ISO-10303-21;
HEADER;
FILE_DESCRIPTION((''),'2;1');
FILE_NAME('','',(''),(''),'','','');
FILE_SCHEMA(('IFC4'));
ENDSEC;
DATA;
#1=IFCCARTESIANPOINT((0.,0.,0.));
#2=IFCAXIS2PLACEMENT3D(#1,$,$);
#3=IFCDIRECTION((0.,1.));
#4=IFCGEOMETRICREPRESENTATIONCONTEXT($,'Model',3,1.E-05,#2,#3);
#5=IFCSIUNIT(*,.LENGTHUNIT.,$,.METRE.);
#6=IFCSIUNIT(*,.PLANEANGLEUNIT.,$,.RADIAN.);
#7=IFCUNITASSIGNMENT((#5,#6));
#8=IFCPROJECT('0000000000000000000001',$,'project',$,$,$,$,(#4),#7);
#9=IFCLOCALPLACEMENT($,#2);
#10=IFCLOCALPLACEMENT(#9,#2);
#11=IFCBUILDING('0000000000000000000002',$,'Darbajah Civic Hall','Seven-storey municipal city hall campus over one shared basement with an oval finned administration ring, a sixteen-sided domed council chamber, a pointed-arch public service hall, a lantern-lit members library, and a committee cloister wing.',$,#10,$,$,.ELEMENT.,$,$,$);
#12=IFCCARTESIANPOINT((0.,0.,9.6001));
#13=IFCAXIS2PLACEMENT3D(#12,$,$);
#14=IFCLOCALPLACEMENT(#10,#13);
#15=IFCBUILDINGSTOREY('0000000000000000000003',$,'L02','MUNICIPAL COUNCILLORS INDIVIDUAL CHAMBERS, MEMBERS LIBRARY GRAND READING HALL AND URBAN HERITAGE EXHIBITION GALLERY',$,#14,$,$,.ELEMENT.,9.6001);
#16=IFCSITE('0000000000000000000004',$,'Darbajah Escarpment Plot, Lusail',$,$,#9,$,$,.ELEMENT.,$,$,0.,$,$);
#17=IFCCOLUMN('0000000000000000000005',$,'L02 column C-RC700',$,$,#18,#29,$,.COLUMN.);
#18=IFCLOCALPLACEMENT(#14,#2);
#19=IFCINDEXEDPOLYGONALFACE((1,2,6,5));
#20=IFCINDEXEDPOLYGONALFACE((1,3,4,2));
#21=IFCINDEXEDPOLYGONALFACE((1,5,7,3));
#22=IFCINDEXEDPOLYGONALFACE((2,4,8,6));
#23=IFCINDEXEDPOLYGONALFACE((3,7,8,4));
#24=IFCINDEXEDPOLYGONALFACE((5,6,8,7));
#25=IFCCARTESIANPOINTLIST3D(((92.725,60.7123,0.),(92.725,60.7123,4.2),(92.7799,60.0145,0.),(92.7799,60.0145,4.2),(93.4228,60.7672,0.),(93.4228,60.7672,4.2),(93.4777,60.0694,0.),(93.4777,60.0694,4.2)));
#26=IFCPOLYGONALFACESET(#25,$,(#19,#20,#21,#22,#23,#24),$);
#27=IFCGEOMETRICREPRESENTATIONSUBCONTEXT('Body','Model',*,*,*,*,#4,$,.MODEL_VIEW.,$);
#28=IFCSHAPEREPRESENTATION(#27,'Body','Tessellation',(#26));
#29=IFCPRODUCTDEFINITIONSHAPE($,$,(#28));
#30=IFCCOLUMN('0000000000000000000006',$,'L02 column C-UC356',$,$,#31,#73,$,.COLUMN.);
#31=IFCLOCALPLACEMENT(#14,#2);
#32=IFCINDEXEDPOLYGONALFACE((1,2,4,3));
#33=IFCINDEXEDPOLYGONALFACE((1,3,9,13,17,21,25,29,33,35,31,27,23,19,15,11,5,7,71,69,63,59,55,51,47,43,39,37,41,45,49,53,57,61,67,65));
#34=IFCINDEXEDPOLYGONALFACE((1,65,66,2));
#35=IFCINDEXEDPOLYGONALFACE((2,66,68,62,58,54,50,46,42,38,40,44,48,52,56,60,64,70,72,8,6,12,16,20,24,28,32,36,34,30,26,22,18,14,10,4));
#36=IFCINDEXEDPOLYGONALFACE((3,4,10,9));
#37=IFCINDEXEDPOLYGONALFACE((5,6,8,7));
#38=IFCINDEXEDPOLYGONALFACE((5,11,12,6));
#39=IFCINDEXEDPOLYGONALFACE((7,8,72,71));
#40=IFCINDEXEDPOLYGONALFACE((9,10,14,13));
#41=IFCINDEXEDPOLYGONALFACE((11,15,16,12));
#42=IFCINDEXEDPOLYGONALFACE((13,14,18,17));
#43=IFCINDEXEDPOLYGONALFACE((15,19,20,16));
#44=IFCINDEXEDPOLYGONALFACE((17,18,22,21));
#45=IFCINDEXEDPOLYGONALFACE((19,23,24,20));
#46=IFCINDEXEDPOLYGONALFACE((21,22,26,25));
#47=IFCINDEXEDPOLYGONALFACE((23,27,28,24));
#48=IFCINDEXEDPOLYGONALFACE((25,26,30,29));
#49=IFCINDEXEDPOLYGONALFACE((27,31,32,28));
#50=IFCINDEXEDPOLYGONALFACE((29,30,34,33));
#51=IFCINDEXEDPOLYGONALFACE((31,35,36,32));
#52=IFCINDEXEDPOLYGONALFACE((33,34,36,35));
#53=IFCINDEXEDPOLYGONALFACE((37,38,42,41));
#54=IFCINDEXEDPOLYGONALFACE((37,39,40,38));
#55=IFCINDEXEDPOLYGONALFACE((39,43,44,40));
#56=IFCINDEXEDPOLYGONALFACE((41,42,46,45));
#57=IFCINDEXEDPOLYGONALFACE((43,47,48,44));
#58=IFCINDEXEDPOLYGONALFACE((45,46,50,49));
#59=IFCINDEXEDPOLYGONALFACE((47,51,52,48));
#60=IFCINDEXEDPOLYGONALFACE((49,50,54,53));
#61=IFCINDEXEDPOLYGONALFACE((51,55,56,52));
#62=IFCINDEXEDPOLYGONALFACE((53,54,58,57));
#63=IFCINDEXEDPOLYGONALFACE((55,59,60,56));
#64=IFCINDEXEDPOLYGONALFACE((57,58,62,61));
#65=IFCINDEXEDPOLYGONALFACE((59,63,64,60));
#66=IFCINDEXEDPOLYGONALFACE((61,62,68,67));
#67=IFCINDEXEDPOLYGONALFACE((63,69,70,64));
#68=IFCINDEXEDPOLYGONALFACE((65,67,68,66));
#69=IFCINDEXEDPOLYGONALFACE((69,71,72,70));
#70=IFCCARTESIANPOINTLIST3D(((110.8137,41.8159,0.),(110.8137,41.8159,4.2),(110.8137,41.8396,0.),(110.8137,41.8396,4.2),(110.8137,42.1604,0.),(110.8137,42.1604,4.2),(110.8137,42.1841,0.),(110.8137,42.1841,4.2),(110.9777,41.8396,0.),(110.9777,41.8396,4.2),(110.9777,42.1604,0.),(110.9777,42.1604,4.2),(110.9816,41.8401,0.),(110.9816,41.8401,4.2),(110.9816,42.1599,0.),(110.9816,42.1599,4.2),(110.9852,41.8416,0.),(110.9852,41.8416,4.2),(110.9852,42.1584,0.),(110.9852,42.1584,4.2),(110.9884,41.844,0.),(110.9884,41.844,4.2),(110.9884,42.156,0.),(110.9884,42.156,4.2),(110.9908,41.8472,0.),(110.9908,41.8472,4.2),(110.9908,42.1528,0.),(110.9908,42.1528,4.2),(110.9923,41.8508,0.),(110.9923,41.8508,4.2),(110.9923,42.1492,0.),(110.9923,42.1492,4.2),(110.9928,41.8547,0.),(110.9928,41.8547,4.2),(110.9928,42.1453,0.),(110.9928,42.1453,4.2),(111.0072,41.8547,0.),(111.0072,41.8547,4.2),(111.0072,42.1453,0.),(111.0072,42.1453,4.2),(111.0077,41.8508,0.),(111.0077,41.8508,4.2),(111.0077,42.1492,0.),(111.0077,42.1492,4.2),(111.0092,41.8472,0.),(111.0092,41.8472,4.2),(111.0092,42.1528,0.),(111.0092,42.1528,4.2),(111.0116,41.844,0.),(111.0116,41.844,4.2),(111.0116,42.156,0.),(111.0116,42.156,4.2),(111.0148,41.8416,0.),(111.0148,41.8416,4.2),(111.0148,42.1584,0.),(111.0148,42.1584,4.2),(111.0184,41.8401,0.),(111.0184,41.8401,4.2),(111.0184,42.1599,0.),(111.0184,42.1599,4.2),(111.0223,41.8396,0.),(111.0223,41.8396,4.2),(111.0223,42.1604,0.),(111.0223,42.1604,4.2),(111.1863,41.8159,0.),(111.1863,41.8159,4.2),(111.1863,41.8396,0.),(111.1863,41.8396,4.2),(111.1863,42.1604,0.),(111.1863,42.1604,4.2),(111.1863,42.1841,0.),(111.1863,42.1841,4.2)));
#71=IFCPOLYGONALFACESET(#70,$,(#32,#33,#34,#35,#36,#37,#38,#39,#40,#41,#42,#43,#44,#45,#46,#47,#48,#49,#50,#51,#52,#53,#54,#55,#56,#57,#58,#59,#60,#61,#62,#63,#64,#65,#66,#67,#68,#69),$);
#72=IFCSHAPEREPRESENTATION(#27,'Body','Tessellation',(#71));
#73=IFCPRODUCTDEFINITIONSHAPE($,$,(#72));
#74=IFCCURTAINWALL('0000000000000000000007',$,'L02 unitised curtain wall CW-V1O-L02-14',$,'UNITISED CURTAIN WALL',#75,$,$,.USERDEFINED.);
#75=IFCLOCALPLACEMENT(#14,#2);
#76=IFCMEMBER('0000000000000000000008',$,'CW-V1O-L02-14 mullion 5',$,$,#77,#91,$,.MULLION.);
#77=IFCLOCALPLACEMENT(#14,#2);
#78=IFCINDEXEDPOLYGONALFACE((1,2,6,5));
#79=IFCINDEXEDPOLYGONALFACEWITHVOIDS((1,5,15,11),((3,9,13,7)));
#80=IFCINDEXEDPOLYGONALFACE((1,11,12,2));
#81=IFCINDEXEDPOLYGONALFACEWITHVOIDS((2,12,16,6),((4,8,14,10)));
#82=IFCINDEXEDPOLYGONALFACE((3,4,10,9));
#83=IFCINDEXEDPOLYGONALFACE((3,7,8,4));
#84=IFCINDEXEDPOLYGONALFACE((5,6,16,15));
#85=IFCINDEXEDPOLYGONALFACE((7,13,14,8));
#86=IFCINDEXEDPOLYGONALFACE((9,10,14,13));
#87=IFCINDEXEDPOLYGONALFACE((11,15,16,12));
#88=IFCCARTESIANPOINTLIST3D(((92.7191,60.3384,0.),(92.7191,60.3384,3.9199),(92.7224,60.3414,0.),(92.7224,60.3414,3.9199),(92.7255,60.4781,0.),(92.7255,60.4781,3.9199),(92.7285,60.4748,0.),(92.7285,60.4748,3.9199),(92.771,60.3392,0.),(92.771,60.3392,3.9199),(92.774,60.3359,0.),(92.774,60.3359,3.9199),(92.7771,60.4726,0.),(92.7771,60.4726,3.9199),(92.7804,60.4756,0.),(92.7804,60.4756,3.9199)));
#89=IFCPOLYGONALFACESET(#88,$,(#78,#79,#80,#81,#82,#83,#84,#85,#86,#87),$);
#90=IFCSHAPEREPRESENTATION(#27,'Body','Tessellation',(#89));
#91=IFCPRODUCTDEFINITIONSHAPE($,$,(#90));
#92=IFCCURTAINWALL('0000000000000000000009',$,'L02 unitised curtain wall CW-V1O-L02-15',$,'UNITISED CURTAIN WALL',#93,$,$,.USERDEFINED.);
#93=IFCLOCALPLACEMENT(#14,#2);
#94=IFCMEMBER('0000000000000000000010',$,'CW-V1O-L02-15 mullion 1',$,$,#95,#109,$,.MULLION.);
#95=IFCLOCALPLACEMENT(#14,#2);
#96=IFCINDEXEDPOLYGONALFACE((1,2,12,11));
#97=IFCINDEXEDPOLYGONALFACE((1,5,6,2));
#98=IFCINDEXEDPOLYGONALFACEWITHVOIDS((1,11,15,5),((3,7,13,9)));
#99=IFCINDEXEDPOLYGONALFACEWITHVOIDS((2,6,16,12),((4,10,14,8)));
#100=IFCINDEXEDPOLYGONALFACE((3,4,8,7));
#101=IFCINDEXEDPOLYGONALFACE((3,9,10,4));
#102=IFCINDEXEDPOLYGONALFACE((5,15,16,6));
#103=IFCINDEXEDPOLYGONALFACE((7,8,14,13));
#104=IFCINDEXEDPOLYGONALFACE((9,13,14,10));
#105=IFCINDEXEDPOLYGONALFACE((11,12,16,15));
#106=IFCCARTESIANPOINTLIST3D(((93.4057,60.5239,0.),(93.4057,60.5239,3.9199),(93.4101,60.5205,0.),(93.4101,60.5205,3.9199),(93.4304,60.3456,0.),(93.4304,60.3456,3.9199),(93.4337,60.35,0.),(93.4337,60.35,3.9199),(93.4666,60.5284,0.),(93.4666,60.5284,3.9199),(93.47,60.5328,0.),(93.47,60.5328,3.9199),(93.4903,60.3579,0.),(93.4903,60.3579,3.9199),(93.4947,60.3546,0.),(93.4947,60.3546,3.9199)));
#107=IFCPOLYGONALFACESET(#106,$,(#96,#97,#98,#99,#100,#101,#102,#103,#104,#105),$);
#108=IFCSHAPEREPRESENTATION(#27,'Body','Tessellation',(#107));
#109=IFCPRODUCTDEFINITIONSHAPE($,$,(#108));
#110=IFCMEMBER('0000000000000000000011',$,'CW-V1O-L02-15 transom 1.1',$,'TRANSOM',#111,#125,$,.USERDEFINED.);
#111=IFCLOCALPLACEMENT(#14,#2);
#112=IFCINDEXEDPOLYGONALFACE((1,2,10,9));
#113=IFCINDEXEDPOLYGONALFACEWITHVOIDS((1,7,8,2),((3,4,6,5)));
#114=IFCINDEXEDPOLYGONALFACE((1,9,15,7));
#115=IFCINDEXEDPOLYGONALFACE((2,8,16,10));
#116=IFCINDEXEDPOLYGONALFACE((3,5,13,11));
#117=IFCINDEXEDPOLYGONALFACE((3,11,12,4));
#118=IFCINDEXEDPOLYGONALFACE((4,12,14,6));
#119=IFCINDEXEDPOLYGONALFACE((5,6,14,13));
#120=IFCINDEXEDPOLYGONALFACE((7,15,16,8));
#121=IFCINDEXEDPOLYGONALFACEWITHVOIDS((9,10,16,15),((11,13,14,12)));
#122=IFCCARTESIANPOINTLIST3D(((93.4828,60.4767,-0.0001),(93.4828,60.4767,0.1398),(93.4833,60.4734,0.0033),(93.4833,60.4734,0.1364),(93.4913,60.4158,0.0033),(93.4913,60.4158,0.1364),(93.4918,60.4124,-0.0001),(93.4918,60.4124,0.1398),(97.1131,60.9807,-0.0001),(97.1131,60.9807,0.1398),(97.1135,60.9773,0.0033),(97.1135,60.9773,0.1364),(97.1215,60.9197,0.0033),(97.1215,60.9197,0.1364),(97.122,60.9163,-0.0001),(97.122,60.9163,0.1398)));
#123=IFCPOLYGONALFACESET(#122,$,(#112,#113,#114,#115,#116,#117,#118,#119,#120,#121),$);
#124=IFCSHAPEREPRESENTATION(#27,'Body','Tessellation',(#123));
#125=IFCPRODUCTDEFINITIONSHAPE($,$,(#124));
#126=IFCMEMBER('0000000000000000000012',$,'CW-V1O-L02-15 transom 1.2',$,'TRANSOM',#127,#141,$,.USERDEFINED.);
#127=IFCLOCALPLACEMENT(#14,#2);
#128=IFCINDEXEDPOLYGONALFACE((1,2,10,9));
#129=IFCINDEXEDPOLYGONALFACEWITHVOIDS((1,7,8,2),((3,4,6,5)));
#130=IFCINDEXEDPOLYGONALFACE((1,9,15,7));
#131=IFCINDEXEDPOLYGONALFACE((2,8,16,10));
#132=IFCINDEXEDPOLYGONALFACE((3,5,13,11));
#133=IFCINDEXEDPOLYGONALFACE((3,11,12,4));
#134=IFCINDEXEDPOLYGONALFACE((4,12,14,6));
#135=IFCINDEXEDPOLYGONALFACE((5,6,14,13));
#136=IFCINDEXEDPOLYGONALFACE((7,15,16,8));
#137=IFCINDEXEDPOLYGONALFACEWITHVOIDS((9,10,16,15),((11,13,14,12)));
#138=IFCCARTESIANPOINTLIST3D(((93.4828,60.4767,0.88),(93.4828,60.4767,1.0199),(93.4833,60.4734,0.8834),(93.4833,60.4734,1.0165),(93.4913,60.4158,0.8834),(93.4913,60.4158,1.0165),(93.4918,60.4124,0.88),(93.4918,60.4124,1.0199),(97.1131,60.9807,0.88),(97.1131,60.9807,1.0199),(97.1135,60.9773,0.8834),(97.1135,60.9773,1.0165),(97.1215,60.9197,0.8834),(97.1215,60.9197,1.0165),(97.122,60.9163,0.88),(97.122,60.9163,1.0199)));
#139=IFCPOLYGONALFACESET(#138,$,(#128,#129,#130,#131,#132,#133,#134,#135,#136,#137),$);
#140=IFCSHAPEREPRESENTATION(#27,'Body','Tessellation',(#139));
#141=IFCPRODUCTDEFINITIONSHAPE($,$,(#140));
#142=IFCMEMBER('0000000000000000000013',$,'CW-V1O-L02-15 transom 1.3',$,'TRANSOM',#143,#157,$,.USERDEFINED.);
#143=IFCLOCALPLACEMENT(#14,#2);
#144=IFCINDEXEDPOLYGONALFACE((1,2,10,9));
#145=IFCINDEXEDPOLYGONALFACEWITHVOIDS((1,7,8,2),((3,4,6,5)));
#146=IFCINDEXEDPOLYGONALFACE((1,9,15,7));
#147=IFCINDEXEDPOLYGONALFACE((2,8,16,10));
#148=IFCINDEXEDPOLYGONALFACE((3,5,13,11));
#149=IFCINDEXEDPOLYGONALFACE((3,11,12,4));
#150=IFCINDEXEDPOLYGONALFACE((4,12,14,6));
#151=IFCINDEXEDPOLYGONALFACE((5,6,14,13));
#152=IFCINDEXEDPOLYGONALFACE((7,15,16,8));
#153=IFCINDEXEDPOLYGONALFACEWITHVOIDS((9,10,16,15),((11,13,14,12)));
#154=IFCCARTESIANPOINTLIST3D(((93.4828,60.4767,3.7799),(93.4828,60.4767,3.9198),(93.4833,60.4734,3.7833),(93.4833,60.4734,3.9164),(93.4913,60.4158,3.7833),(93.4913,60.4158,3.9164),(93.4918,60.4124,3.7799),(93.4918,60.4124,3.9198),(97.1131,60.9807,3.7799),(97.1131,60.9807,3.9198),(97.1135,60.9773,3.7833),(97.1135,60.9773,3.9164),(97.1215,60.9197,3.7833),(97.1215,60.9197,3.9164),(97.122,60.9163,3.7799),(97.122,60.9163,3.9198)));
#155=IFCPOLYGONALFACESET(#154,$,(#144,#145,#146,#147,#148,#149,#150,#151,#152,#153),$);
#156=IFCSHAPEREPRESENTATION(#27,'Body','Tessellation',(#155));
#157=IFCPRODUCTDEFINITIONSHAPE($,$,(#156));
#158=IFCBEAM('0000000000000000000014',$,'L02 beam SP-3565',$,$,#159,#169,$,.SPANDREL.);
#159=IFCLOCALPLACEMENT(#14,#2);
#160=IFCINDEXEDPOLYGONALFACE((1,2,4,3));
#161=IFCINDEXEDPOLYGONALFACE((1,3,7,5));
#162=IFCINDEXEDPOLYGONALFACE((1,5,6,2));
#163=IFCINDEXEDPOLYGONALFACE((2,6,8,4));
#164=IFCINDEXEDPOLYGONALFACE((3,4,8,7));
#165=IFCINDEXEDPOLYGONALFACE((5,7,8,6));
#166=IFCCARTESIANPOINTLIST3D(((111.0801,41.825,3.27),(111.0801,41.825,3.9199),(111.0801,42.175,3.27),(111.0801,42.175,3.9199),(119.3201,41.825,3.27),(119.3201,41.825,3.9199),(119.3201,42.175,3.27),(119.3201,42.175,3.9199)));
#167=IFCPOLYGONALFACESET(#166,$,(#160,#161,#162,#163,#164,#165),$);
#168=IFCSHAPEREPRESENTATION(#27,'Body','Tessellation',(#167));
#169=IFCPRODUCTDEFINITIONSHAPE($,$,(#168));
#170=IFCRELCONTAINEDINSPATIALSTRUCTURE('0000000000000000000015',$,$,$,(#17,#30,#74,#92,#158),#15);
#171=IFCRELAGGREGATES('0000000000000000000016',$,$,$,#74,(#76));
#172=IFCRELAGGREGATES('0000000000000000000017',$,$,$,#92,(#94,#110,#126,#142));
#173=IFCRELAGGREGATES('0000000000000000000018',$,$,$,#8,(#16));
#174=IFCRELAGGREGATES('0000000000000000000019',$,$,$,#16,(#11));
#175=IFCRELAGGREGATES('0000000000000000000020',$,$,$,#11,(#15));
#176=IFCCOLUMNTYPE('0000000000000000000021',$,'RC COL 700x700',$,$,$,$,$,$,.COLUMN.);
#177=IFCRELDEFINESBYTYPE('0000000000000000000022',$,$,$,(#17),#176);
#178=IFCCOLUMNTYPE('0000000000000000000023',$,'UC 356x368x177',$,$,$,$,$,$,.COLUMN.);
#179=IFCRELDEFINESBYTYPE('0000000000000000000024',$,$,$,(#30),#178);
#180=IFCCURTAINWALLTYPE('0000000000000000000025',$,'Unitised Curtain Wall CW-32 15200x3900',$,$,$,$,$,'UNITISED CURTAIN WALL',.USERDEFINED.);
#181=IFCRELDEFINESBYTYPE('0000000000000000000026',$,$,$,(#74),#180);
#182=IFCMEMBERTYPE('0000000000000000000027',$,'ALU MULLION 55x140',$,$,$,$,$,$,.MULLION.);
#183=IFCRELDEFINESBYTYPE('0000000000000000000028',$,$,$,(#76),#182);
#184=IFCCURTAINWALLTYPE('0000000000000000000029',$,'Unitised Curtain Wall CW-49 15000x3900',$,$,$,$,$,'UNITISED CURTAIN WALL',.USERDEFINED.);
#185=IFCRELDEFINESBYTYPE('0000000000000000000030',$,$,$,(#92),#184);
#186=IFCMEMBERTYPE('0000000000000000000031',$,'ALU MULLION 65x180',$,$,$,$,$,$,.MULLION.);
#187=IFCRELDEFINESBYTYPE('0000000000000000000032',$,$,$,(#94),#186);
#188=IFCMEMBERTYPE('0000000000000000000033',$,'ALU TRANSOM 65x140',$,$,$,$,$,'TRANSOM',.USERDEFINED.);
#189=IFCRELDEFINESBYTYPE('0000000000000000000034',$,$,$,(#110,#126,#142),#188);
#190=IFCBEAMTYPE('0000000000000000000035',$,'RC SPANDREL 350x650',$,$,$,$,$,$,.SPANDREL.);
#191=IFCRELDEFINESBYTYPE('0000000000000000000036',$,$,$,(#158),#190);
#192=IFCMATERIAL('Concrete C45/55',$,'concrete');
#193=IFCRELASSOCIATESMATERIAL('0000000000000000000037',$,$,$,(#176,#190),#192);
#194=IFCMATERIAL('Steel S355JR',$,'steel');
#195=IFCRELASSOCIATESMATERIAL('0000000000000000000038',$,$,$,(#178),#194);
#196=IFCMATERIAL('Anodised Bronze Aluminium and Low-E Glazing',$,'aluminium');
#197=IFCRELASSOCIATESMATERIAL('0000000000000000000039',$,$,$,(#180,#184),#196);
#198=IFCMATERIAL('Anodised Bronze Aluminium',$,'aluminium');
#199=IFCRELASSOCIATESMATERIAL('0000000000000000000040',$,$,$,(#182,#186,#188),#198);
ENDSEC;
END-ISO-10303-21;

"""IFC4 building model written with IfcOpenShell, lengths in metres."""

from ifc_helpers import new_model, si_unit, direction, frame, origin, origin_2d, place, context, subcontext, project, spatial, rectangle, hollow_rectangle, i_section, extrude, material, material_profile, profile_set, type_object, element, aggregate, save


model = new_model("IFC4")

# Units and contexts
model_context = context("Model", 3, precision=1e-05, world=origin(), true_north=direction((0.0, 1.0)))
body_context = subcontext(model_context, "Body", "Model", "MODEL_VIEW")
ifc_project = project(units=[si_unit("LENGTHUNIT", "METRE"), si_unit("PLANEANGLEUNIT", "RADIAN")], contexts=[model_context])

# Site, building, storey
site_placement = place(None, origin())
site = spatial("IfcSite", under=ifc_project, at=site_placement, Name="Darbajah Escarpment Plot, Lusail", CompositionType="ELEMENT", RefElevation=0.0)
building_placement = place(site_placement, origin())
building = spatial("IfcBuilding", under=site, at=building_placement, Name="Darbajah Civic Hall", Description="Seven-storey municipal city hall campus over one shared basement with an oval finned administration ring, a sixteen-sided domed council chamber, a pointed-arch public service hall, a lantern-lit members library, and a committee cloister wing.", CompositionType="ELEMENT")
storey_placement = place(building_placement, frame((0.0, 0.0, 9.6001)))
storey = spatial("IfcBuildingStorey", under=building, at=storey_placement, Name="L02", Description="MUNICIPAL COUNCILLORS INDIVIDUAL CHAMBERS, MEMBERS LIBRARY GRAND READING HALL AND URBAN HERITAGE EXHIBITION GALLERY", CompositionType="ELEMENT", Elevation=9.6001)

# Columns
ifc_material_1 = material(Name="Concrete C45/55", Category="concrete")
ifc_material_profile_1 = material_profile(ifc_material_1, rectangle(XDim=0.7, YDim=0.7, at=origin_2d()), Name="RC COL 700x700")
ifc_profile_set_1 = profile_set([ifc_material_profile_1], Name="Concrete C45/55")
column_type_1 = type_object("IfcColumnType", Name="RC COL 700x700", PredefinedType="COLUMN", material=ifc_profile_set_1)
column_1_placement = place(storey_placement, frame((93.1013, 60.3909, 0.0), z_axis=(0.0, 0.0, 1.0), x_axis=(0.078459, -0.996917, 0.0)))
element("IfcColumn", 1, at=column_1_placement, inside=storey, type_object=column_type_1, Name="L02 column C-RC700", PredefinedType="COLUMN", context=body_context, shape_type="SweptSolid", body=[
    extrude(rectangle(XDim=0.7, YDim=0.7, at=origin_2d()), origin(), (0.0, 0.0, 1.0), 4.2),
])
ifc_material_2 = material(Name="Steel S355JR", Category="steel")
ifc_material_profile_2 = material_profile(ifc_material_2, i_section(OverallWidth=0.3726, OverallDepth=0.3682, WebThickness=0.0144, FlangeThickness=0.0237, FilletRadius=0.0151, at=origin_2d()), Name="UC 356x368x177")
ifc_profile_set_2 = profile_set([ifc_material_profile_2], Name="Steel S355JR")
column_type_2 = type_object("IfcColumnType", Name="UC 356x368x177", PredefinedType="COLUMN", material=ifc_profile_set_2)
column_2_placement = place(storey_placement, frame((111.0, 42.0, 0.0), z_axis=(0.0, 0.0, 1.0), x_axis=(1.0, 0.0, 0.0)))
element("IfcColumn", 2, at=column_2_placement, inside=storey, type_object=column_type_2, Name="L02 column C-UC356", PredefinedType="COLUMN", context=body_context, shape_type="SweptSolid", body=[
    extrude(i_section(OverallWidth=0.3726, OverallDepth=0.3682, WebThickness=0.0144, FlangeThickness=0.0237, FilletRadius=0.0151, at=origin_2d()), origin(), (0.0, 0.0, 1.0), 4.2),
])

# Curtain wall, member
ifc_material_3 = material(Name="Anodised Bronze Aluminium and Low-E Glazing", Category="aluminium")
curtain_wall_type_1 = type_object("IfcCurtainWallType", Name="Unitised Curtain Wall CW-32 15200x3900", ElementType="UNITISED CURTAIN WALL", PredefinedType="USERDEFINED", material=ifc_material_3)
curtain_wall_1_placement = place(storey_placement, origin())
curtain_wall_1 = element("IfcCurtainWall", 3, at=curtain_wall_1_placement, inside=storey, type_object=curtain_wall_type_1, Name="L02 unitised curtain wall CW-V1O-L02-14", ObjectType="UNITISED CURTAIN WALL", PredefinedType="USERDEFINED")
ifc_material_4 = material(Name="Anodised Bronze Aluminium", Category="aluminium")
ifc_material_profile_3 = material_profile(ifc_material_4, hollow_rectangle(XDim=0.0549, YDim=0.1399, WallThickness=0.0032, at=origin_2d()), Name="ALU MULLION 55x140")
ifc_profile_set_3 = profile_set([ifc_material_profile_3], Name="Anodised Bronze Aluminium")
member_type_1 = type_object("IfcMemberType", Name="ALU MULLION 55x140", PredefinedType="MULLION", material=ifc_profile_set_3)
member_1_placement = place(storey_placement, frame((92.7498, 60.407, 0.0), z_axis=(0.0, 0.0, 1.0), x_axis=(0.998963, -0.045537, 0.0)))
member_1 = element("IfcMember", 4, at=member_1_placement, type_object=member_type_1, Name="CW-V1O-L02-14 mullion 5", PredefinedType="MULLION", context=body_context, shape_type="SweptSolid", body=[
    extrude(hollow_rectangle(XDim=0.0549, YDim=0.1399, WallThickness=0.0032, at=origin_2d()), origin(), (0.0, 0.0, 1.0), 3.9199),
])
aggregate(curtain_wall_1, [member_1])

# Curtain wall, members
curtain_wall_type_2 = type_object("IfcCurtainWallType", Name="Unitised Curtain Wall CW-49 15000x3900", ElementType="UNITISED CURTAIN WALL", PredefinedType="USERDEFINED", material=ifc_material_3)
curtain_wall_2_placement = place(storey_placement, origin())
curtain_wall_2 = element("IfcCurtainWall", 5, at=curtain_wall_2_placement, inside=storey, type_object=curtain_wall_type_2, Name="L02 unitised curtain wall CW-V1O-L02-15", ObjectType="UNITISED CURTAIN WALL", PredefinedType="USERDEFINED")
ifc_material_profile_4 = material_profile(ifc_material_4, hollow_rectangle(XDim=0.0649, YDim=0.1799, WallThickness=0.0039, at=origin_2d()), Name="ALU MULLION 65x180")
ifc_profile_set_4 = profile_set([ifc_material_profile_4], Name="Anodised Bronze Aluminium")
member_type_2 = type_object("IfcMemberType", Name="ALU MULLION 65x180", PredefinedType="MULLION", material=ifc_profile_set_4)
member_2_placement = place(storey_placement, frame((93.4502, 60.4392, 0.0), z_axis=(0.0, 0.0, 1.0), x_axis=(0.990485, 0.137617, 0.0)))
member_2 = element("IfcMember", 6, at=member_2_placement, type_object=member_type_2, Name="CW-V1O-L02-15 mullion 1", PredefinedType="MULLION", context=body_context, shape_type="SweptSolid", body=[
    extrude(hollow_rectangle(XDim=0.0649, YDim=0.1799, WallThickness=0.0039, at=origin_2d()), origin(), (0.0, 0.0, 1.0), 3.9199),
])
ifc_material_profile_5 = material_profile(ifc_material_4, hollow_rectangle(XDim=0.0649, YDim=0.1399, WallThickness=0.0034, at=origin_2d()), Name="ALU TRANSOM 65x140")
ifc_profile_set_5 = profile_set([ifc_material_profile_5], Name="Anodised Bronze Aluminium")
member_type_3 = type_object("IfcMemberType", Name="ALU TRANSOM 65x140", ElementType="TRANSOM", PredefinedType="USERDEFINED", material=ifc_profile_set_5)
member_3_placement = place(storey_placement, frame((93.4873, 60.4446, 0.0698), z_axis=(0.990503, 0.137494, 0.0), x_axis=(-0.137494, 0.990503, 0.0)))
member_3 = element("IfcMember", 7, at=member_3_placement, type_object=member_type_3, Name="CW-V1O-L02-15 transom 1.1", ObjectType="TRANSOM", PredefinedType="USERDEFINED", context=body_context, shape_type="SweptSolid", body=[
    extrude(hollow_rectangle(XDim=0.0649, YDim=0.1399, WallThickness=0.0034, at=origin_2d()), origin(), (0.0, 0.0, 1.0), 3.665),
])
member_4_placement = place(storey_placement, frame((93.4873, 60.4446, 0.95), z_axis=(0.990503, 0.137494, 0.0), x_axis=(-0.137494, 0.990503, 0.0)))
member_4 = element("IfcMember", 8, at=member_4_placement, type_object=member_type_3, Name="CW-V1O-L02-15 transom 1.2", ObjectType="TRANSOM", PredefinedType="USERDEFINED", context=body_context, shape_type="SweptSolid", body=[
    extrude(hollow_rectangle(XDim=0.0649, YDim=0.1399, WallThickness=0.0034, at=origin_2d()), origin(), (0.0, 0.0, 1.0), 3.665),
])
member_5_placement = place(storey_placement, frame((93.4873, 60.4446, 3.8499), z_axis=(0.990503, 0.137494, 0.0), x_axis=(-0.137494, 0.990503, 0.0)))
member_5 = element("IfcMember", 9, at=member_5_placement, type_object=member_type_3, Name="CW-V1O-L02-15 transom 1.3", ObjectType="TRANSOM", PredefinedType="USERDEFINED", context=body_context, shape_type="SweptSolid", body=[
    extrude(hollow_rectangle(XDim=0.0649, YDim=0.1399, WallThickness=0.0034, at=origin_2d()), origin(), (0.0, 0.0, 1.0), 3.665),
])
aggregate(curtain_wall_2, [member_2, member_3, member_4, member_5])

# Beam
ifc_material_profile_6 = material_profile(ifc_material_1, rectangle(XDim=0.3501, YDim=0.6499, at=origin_2d()), Name="RC SPANDREL 350x650")
ifc_profile_set_6 = profile_set([ifc_material_profile_6], Name="Concrete C45/55")
beam_type_1 = type_object("IfcBeamType", Name="RC SPANDREL 350x650", PredefinedType="SPANDREL", material=ifc_profile_set_6)
beam_1_placement = place(storey_placement, frame((111.0801, 42.0, 3.595), z_axis=(1.0, 0.0, 0.0), x_axis=(0.0, 1.0, 0.0)))
element("IfcBeam", 10, at=beam_1_placement, inside=storey, type_object=beam_type_1, Name="L02 beam SP-3565", PredefinedType="SPANDREL", context=body_context, shape_type="SweptSolid", body=[
    extrude(rectangle(XDim=0.3501, YDim=0.6499, at=origin_2d()), origin(), (0.0, 0.0, 1.0), 8.24),
])

save(model, "model.ifc")
